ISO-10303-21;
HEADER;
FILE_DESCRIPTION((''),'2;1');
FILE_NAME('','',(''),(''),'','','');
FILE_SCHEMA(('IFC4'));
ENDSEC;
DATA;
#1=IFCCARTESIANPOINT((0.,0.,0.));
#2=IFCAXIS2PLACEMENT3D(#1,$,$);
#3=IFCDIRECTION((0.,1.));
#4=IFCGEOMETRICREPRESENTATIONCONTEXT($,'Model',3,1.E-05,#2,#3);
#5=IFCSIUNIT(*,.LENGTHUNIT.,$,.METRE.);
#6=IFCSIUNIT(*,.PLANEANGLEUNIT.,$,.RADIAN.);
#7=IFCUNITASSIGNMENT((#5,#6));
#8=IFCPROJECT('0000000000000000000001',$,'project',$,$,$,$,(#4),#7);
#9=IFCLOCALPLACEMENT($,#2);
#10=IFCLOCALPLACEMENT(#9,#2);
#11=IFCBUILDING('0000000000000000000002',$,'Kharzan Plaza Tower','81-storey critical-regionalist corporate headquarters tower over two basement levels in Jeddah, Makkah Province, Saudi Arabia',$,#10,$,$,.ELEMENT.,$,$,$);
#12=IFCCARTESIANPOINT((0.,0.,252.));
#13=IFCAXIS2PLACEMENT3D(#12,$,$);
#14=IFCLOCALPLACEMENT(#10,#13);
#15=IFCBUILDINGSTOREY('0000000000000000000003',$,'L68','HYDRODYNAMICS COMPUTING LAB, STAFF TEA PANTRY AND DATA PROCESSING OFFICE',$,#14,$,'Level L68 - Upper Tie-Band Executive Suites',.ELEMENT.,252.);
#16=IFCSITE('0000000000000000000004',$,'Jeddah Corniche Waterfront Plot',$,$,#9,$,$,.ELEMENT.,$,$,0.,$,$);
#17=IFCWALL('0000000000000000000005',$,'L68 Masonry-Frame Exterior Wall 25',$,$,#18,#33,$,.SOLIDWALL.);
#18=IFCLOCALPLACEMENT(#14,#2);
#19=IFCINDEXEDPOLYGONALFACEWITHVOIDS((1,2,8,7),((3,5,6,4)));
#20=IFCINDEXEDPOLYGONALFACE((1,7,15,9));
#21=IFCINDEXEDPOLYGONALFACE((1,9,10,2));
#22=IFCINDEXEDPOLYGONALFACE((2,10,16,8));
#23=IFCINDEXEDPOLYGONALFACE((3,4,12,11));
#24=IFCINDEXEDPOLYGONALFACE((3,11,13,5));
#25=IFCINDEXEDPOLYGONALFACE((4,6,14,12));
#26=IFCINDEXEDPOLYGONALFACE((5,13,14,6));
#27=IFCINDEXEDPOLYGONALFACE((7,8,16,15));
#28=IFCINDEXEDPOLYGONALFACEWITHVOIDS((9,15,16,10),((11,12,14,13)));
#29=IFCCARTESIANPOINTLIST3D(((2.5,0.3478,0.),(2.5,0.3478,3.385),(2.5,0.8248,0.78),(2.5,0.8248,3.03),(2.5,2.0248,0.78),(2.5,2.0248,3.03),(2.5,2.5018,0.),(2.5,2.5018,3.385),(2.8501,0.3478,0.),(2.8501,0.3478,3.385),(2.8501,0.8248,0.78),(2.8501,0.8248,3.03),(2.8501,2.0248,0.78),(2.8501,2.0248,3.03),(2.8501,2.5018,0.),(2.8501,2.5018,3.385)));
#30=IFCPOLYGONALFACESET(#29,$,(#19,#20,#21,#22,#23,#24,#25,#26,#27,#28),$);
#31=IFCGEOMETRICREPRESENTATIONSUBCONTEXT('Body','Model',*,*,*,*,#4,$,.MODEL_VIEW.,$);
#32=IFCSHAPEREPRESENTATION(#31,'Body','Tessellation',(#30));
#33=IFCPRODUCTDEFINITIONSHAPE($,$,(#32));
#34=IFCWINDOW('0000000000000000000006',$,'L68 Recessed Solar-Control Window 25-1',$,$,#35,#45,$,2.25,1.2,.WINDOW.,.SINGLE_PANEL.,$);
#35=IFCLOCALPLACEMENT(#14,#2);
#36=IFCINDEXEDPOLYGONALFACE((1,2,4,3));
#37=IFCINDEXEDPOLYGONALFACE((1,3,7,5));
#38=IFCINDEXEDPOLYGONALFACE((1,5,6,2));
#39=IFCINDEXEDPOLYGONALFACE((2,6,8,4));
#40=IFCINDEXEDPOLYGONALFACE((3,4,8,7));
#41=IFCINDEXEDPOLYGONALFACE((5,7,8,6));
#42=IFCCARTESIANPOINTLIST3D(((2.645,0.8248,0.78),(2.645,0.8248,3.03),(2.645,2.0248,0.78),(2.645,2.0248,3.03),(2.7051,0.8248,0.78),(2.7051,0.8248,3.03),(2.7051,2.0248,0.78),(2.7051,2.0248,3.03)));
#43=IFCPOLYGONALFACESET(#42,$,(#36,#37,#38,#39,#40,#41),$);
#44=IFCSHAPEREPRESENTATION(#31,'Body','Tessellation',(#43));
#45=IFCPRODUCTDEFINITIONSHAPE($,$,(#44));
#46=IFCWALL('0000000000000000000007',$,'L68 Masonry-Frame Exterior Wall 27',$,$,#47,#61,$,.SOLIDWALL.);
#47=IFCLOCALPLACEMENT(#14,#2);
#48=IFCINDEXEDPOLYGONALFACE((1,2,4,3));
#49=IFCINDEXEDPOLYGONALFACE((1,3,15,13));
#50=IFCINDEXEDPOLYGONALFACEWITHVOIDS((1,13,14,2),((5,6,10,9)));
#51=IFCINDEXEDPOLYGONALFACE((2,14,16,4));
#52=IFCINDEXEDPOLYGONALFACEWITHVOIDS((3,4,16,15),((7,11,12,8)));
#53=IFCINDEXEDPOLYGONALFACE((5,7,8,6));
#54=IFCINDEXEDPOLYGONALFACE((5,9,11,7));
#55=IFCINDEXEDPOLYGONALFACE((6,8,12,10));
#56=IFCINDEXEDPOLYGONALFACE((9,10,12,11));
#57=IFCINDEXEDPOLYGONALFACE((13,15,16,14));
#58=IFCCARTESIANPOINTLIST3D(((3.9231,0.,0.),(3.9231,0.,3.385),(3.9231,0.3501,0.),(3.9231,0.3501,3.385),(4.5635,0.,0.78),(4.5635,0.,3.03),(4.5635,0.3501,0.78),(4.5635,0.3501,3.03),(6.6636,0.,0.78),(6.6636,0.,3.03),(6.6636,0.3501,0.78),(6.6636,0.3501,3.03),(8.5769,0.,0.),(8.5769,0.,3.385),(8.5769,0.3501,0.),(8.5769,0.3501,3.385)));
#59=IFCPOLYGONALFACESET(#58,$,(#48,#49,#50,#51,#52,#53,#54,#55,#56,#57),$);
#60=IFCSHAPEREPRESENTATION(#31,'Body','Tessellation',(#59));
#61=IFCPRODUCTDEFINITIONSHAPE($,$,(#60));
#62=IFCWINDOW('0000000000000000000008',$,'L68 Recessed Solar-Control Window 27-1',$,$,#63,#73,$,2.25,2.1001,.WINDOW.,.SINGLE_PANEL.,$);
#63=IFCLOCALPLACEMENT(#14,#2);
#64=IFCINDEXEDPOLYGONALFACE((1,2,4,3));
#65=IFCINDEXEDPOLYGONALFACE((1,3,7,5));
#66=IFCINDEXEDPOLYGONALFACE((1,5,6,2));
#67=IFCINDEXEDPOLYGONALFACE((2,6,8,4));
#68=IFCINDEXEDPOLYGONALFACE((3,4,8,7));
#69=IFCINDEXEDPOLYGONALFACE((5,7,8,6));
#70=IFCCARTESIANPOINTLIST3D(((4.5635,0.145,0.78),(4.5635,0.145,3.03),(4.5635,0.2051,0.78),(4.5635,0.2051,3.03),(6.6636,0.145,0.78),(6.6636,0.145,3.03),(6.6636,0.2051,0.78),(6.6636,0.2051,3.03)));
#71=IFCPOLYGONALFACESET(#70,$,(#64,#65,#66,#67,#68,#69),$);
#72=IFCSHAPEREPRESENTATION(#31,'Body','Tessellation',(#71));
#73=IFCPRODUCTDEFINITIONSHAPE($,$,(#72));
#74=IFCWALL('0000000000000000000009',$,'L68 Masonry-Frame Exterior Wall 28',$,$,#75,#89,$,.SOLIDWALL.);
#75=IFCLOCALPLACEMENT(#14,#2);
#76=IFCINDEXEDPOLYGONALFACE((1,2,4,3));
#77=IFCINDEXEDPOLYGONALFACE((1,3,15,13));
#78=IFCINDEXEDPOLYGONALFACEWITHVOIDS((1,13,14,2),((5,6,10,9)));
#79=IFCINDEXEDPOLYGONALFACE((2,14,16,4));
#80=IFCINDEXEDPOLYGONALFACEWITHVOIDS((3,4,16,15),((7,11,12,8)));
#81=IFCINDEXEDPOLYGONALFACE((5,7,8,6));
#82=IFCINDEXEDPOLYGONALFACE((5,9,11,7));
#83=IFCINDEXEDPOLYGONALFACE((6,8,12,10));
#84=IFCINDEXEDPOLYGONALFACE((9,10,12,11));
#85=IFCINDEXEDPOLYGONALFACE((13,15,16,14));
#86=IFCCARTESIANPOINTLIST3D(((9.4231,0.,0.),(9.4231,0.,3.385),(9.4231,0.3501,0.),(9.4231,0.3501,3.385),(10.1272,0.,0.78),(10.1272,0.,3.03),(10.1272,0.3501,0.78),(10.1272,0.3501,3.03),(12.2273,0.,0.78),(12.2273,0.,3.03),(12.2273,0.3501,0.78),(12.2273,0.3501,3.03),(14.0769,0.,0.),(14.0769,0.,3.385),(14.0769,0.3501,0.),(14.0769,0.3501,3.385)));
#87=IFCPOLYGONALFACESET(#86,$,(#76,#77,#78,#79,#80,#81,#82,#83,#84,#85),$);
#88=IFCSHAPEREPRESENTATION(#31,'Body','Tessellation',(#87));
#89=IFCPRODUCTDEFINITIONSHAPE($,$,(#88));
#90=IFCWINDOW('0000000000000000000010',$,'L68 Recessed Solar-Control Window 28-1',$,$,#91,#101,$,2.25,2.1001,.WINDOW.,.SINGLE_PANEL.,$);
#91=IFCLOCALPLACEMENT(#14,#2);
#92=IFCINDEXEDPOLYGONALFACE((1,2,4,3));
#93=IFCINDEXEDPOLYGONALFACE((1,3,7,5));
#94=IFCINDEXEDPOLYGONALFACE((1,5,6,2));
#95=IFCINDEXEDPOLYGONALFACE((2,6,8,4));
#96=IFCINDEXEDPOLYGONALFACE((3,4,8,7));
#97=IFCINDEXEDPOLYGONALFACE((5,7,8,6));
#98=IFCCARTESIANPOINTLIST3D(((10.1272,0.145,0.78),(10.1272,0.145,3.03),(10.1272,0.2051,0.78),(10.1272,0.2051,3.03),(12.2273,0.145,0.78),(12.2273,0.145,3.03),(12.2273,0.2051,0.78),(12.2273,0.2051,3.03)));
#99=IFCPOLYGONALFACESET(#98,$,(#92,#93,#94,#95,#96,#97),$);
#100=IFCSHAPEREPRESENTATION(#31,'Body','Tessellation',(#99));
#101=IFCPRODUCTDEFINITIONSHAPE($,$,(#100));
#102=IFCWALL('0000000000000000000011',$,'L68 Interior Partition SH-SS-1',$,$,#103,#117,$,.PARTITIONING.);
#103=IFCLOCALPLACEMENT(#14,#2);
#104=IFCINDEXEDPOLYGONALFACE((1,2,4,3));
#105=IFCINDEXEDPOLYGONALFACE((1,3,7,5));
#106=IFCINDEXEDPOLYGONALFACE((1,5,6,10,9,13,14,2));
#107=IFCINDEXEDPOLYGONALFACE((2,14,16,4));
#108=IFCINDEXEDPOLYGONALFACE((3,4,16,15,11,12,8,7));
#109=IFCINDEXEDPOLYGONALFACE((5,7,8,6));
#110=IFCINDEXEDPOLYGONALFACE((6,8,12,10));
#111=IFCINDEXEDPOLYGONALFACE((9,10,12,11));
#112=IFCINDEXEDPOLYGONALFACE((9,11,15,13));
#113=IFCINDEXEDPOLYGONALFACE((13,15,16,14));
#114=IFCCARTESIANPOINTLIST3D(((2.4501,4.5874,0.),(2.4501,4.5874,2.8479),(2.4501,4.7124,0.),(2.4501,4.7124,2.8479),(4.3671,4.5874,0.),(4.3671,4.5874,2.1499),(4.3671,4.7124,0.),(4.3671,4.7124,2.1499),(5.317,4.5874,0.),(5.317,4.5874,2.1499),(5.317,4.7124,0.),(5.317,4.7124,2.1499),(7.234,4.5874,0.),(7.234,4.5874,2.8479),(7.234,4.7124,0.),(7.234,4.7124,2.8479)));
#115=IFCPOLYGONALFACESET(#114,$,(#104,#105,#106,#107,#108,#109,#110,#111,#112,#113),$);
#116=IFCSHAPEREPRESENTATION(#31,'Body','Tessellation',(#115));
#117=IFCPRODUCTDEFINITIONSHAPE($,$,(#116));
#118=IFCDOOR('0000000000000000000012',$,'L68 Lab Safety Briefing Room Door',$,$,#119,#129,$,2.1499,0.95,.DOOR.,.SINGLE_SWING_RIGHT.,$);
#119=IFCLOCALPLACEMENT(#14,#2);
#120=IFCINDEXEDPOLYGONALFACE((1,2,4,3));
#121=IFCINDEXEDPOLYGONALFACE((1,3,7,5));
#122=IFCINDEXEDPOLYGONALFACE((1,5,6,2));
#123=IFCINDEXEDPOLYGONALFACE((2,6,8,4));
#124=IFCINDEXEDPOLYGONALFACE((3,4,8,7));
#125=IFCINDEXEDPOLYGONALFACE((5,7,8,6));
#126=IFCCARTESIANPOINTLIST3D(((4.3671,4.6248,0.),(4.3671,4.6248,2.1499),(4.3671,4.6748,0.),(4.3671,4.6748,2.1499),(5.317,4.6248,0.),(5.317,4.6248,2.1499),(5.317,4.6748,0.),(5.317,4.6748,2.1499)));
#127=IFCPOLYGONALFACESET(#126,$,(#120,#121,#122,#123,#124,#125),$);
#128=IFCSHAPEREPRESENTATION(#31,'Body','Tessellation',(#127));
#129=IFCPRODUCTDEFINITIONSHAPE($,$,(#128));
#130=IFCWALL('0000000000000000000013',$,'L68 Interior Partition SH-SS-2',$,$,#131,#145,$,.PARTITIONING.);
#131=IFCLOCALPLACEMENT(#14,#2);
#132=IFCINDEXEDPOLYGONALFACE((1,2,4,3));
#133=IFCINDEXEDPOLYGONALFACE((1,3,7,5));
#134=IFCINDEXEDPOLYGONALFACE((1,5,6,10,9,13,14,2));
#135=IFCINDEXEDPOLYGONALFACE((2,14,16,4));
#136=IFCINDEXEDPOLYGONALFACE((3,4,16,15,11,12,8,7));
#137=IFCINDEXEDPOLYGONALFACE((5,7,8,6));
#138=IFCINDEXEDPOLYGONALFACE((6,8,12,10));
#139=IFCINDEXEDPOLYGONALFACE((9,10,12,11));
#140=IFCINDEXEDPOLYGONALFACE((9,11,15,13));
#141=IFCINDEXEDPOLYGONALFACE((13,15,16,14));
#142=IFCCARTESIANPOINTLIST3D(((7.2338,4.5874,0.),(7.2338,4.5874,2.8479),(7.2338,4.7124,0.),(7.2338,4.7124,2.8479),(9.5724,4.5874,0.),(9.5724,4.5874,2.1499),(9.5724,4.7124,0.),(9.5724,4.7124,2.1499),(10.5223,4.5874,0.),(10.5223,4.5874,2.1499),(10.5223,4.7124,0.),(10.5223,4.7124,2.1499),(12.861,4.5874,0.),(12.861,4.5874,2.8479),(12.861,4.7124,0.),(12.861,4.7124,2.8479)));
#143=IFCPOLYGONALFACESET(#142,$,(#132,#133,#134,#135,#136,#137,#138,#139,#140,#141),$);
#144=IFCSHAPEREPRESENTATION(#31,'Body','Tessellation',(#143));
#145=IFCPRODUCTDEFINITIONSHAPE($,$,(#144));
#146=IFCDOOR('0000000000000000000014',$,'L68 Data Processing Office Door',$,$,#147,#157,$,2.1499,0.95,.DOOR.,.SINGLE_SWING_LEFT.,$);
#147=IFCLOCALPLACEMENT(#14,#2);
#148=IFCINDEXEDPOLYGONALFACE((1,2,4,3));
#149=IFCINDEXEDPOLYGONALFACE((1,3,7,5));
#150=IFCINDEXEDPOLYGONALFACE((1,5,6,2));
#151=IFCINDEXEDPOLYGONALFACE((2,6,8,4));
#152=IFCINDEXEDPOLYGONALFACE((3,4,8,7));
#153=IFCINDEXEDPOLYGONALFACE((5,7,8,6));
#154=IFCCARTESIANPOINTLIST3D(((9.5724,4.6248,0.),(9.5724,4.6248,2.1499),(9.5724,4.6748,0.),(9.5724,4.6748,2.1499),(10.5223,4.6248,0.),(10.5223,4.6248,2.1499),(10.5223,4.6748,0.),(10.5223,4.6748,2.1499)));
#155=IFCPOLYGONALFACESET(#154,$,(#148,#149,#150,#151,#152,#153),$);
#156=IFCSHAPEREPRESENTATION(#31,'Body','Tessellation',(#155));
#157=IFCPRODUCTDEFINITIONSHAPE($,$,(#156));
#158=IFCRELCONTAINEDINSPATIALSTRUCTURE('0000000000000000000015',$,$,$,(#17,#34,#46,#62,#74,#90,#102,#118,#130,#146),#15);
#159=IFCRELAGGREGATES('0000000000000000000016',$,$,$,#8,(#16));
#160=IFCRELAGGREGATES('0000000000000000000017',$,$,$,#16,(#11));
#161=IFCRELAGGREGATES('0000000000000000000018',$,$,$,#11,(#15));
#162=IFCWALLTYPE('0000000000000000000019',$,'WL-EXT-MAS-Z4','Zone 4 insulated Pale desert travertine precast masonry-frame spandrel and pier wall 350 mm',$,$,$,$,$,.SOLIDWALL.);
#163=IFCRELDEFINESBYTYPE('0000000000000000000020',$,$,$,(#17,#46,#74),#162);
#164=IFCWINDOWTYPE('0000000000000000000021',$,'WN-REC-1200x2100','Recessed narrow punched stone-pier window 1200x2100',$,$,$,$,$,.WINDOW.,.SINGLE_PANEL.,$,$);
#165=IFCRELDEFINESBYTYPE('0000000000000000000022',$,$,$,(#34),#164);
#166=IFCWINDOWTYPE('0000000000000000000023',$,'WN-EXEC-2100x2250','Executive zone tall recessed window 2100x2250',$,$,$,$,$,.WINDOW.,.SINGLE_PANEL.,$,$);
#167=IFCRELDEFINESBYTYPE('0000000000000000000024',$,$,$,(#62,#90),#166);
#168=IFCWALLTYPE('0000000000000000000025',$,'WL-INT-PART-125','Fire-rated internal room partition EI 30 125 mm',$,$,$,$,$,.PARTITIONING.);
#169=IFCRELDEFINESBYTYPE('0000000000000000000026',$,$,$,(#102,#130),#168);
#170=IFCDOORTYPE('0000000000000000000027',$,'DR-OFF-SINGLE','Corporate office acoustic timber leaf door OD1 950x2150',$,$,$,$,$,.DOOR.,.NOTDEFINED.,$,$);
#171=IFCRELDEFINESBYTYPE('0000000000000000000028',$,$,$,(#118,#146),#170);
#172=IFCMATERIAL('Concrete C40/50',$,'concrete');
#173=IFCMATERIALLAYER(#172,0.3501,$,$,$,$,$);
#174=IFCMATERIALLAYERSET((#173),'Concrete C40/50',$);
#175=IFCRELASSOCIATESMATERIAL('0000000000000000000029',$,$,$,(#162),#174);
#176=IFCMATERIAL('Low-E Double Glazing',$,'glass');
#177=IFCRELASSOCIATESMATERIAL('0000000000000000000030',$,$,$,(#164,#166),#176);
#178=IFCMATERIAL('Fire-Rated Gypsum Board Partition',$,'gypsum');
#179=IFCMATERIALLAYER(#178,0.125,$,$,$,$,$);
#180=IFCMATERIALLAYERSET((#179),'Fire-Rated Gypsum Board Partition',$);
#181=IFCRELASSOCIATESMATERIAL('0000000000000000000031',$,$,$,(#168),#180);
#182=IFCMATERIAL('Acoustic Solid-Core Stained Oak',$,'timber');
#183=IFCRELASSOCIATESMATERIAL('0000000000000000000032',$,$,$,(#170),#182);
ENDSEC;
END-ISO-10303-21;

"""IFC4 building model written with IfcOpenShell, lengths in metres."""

from ifc_helpers import new_model, si_unit, direction, frame, frame_2d, origin, place, context, subcontext, project, spatial, rectangle, extrude, source, transform, mapped, material, layer, layer_set, type_object, element, fill, save


model = new_model("IFC4")

# Units and contexts
model_context = context("Model", 3, precision=1e-05, world=origin(), true_north=direction((0.0, 1.0)))
body_context = subcontext(model_context, "Body", "Model", "MODEL_VIEW")
ifc_project = project(units=[si_unit("LENGTHUNIT", "METRE"), si_unit("PLANEANGLEUNIT", "RADIAN")], contexts=[model_context])

# Site, building, storey
site_placement = place(None, origin())
site = spatial("IfcSite", under=ifc_project, at=site_placement, Name="Jeddah Corniche Waterfront Plot", CompositionType="ELEMENT", RefElevation=0.0)
building_placement = place(site_placement, origin())
building = spatial("IfcBuilding", under=site, at=building_placement, Name="Kharzan Plaza Tower", Description="81-storey critical-regionalist corporate headquarters tower over two basement levels in Jeddah, Makkah Province, Saudi Arabia", CompositionType="ELEMENT")
storey_placement = place(building_placement, frame((0.0, 0.0, 252.0)))
storey = spatial("IfcBuildingStorey", under=building, at=storey_placement, Name="L68", Description="HYDRODYNAMICS COMPUTING LAB, STAFF TEA PANTRY AND DATA PROCESSING OFFICE", LongName="Level L68 - Upper Tie-Band Executive Suites", CompositionType="ELEMENT", Elevation=252.0)

# Walls, openings, windows
ifc_material_1 = material(Name="Concrete C40/50", Category="concrete")
ifc_layer_1 = layer(ifc_material_1, 0.3501)
ifc_layer_set_1 = layer_set([ifc_layer_1], Name="Concrete C40/50")
wall_type_1 = type_object("IfcWallType", Name="WL-EXT-MAS-Z4", Description="Zone 4 insulated Pale desert travertine precast masonry-frame spandrel and pier wall 350 mm", PredefinedType="SOLIDWALL", material=ifc_layer_set_1)
wall_1_placement = place(storey_placement, frame((2.675, 2.502, 0.0), z_axis=(0.0, 0.0, 1.0), x_axis=(0.0, -1.0, 0.0)))
wall_1 = element("IfcWall", 1, at=wall_1_placement, inside=storey, type_object=wall_type_1, Name="L68 Masonry-Frame Exterior Wall 25", PredefinedType="SOLIDWALL", context=body_context, shape_type="SweptSolid", body=[
    extrude(rectangle(XDim=2.1541, YDim=0.3501, at=frame_2d((1.0771, 0.0))), origin(), (0.0, 0.0, 1.0), 3.385),
])
opening_1_placement = place(wall_1_placement, frame((0.4771, 0.0, 0.78)))
opening_1 = element("IfcOpeningElement", 2, at=opening_1_placement, cuts=wall_1, PredefinedType="OPENING", context=body_context, shape_type="SweptSolid", body=[
    extrude(rectangle(XDim=1.2, YDim=2.25, at=frame_2d((0.6001, 1.125))), frame((0.0, 0.1851, 0.0), z_axis=(0.0, -1.0, 0.0), x_axis=(1.0, 0.0, 0.0)), (0.0, 0.0, 1.0), 0.3701),
])
ifc_material_2 = material(Name="Low-E Double Glazing", Category="glass")
window_type_1 = type_object("IfcWindowType", Name="WN-REC-1200x2100", Description="Recessed narrow punched stone-pier window 1200x2100", PartitioningType="SINGLE_PANEL", PredefinedType="WINDOW", material=ifc_material_2)
shared_shape_1 = source(origin(), body_context, "Body", "SweptSolid", [
    extrude(rectangle(XDim=1.2, YDim=2.25, at=frame_2d((0.6001, 1.125))), frame((0.0, 0.03, 0.0), z_axis=(0.0, -1.0, 0.0), x_axis=(1.0, 0.0, 0.0)), (0.0, 0.0, 1.0), 0.0601),
])
window_1_placement = place(opening_1_placement, origin())
window_1 = element("IfcWindow", 3, at=window_1_placement, inside=storey, type_object=window_type_1, Name="L68 Recessed Solar-Control Window 25-1", OverallHeight=2.25, OverallWidth=1.2, PartitioningType="SINGLE_PANEL", PredefinedType="WINDOW", context=body_context, shape_type="MappedRepresentation", body=[
    mapped(shared_shape_1, transform((0.0, 0.0, 0.0), x_axis=(1.0, 0.0, 0.0), y_axis=(0.0, 1.0, 0.0), z_axis=(0.0, 0.0, 1.0))),
])
fill(opening_1, window_1)
wall_2_placement = place(storey_placement, frame((3.9231, 0.175, 0.0), z_axis=(0.0, 0.0, 1.0), x_axis=(1.0, 0.0, 0.0)))
wall_2 = element("IfcWall", 4, at=wall_2_placement, inside=storey, type_object=wall_type_1, Name="L68 Masonry-Frame Exterior Wall 27", PredefinedType="SOLIDWALL", context=body_context, shape_type="SweptSolid", body=[
    extrude(rectangle(XDim=4.6538, YDim=0.3501, at=frame_2d((2.3269, 0.0))), origin(), (0.0, 0.0, 1.0), 3.385),
])
opening_2_placement = place(wall_2_placement, frame((0.6404, 0.0, 0.78)))
opening_2 = element("IfcOpeningElement", 5, at=opening_2_placement, cuts=wall_2, PredefinedType="OPENING", context=body_context, shape_type="SweptSolid", body=[
    extrude(rectangle(XDim=2.1001, YDim=2.25, at=frame_2d((1.05, 1.125))), frame((0.0, 0.1851, 0.0), z_axis=(0.0, -1.0, 0.0), x_axis=(1.0, 0.0, 0.0)), (0.0, 0.0, 1.0), 0.3701),
])
window_type_2 = type_object("IfcWindowType", Name="WN-EXEC-2100x2250", Description="Executive zone tall recessed window 2100x2250", PartitioningType="SINGLE_PANEL", PredefinedType="WINDOW", material=ifc_material_2)
shared_shape_2 = source(origin(), body_context, "Body", "SweptSolid", [
    extrude(rectangle(XDim=2.1001, YDim=2.25, at=frame_2d((1.05, 1.125))), frame((0.0, 0.03, 0.0), z_axis=(0.0, -1.0, 0.0), x_axis=(1.0, 0.0, 0.0)), (0.0, 0.0, 1.0), 0.0601),
])
window_2_placement = place(opening_2_placement, origin())
window_2 = element("IfcWindow", 6, at=window_2_placement, inside=storey, type_object=window_type_2, Name="L68 Recessed Solar-Control Window 27-1", OverallHeight=2.25, OverallWidth=2.1001, PartitioningType="SINGLE_PANEL", PredefinedType="WINDOW", context=body_context, shape_type="MappedRepresentation", body=[
    mapped(shared_shape_2, transform((0.0, 0.0, 0.0), x_axis=(1.0, 0.0, 0.0), y_axis=(0.0, 1.0, 0.0), z_axis=(0.0, 0.0, 1.0))),
])
fill(opening_2, window_2)
wall_3_placement = place(storey_placement, frame((9.4231, 0.175, 0.0), z_axis=(0.0, 0.0, 1.0), x_axis=(1.0, 0.0, 0.0)))
wall_3 = element("IfcWall", 7, at=wall_3_placement, inside=storey, type_object=wall_type_1, Name="L68 Masonry-Frame Exterior Wall 28", PredefinedType="SOLIDWALL", context=body_context, shape_type="SweptSolid", body=[
    extrude(rectangle(XDim=4.6538, YDim=0.3501, at=frame_2d((2.3269, 0.0))), origin(), (0.0, 0.0, 1.0), 3.385),
])
opening_3_placement = place(wall_3_placement, frame((0.7041, 0.0, 0.78)))
opening_3 = element("IfcOpeningElement", 8, at=opening_3_placement, cuts=wall_3, PredefinedType="OPENING", context=body_context, shape_type="SweptSolid", body=[
    extrude(rectangle(XDim=2.1001, YDim=2.25, at=frame_2d((1.05, 1.125))), frame((0.0, 0.1851, 0.0), z_axis=(0.0, -1.0, 0.0), x_axis=(1.0, 0.0, 0.0)), (0.0, 0.0, 1.0), 0.3701),
])
window_3_placement = place(opening_3_placement, origin())
window_3 = element("IfcWindow", 9, at=window_3_placement, inside=storey, type_object=window_type_2, Name="L68 Recessed Solar-Control Window 28-1", OverallHeight=2.25, OverallWidth=2.1001, PartitioningType="SINGLE_PANEL", PredefinedType="WINDOW", context=body_context, shape_type="MappedRepresentation", body=[
    mapped(shared_shape_2, transform((0.0, 0.0, 0.0), x_axis=(1.0, 0.0, 0.0), y_axis=(0.0, 1.0, 0.0), z_axis=(0.0, 0.0, 1.0))),
])
fill(opening_3, window_3)

# Walls, openings, doors
ifc_material_3 = material(Name="Fire-Rated Gypsum Board Partition", Category="gypsum")
ifc_layer_2 = layer(ifc_material_3, 0.125)
ifc_layer_set_2 = layer_set([ifc_layer_2], Name="Fire-Rated Gypsum Board Partition")
wall_type_2 = type_object("IfcWallType", Name="WL-INT-PART-125", Description="Fire-rated internal room partition EI 30 125 mm", PredefinedType="PARTITIONING", material=ifc_layer_set_2)
wall_4_placement = place(storey_placement, frame((2.45, 4.6499, 0.0), z_axis=(0.0, 0.0, 1.0), x_axis=(1.0, 0.0, 0.0)))
wall_4 = element("IfcWall", 10, at=wall_4_placement, inside=storey, type_object=wall_type_2, Name="L68 Interior Partition SH-SS-1", PredefinedType="PARTITIONING", context=body_context, shape_type="SweptSolid", body=[
    extrude(rectangle(XDim=4.7839, YDim=0.125, at=frame_2d((2.3921, 0.0))), origin(), (0.0, 0.0, 1.0), 2.8479),
])
opening_4_placement = place(wall_4_placement, frame((1.917, 0.0, 0.0)))
opening_4 = element("IfcOpeningElement", 11, at=opening_4_placement, cuts=wall_4, PredefinedType="OPENING", context=body_context, shape_type="SweptSolid", body=[
    extrude(rectangle(XDim=0.95, YDim=2.1499, at=frame_2d((0.4751, 1.075))), frame((0.0, 0.0725, 0.0), z_axis=(0.0, -1.0, 0.0), x_axis=(1.0, 0.0, 0.0)), (0.0, 0.0, 1.0), 0.145),
])
ifc_material_4 = material(Name="Acoustic Solid-Core Stained Oak", Category="timber")
door_type = type_object("IfcDoorType", Name="DR-OFF-SINGLE", Description="Corporate office acoustic timber leaf door OD1 950x2150", OperationType="NOTDEFINED", PredefinedType="DOOR", material=ifc_material_4)
shared_shape_3 = source(origin(), body_context, "Body", "SweptSolid", [
    extrude(rectangle(XDim=0.95, YDim=2.1499, at=frame_2d((0.4751, 1.075))), frame((0.0, 0.0249, 0.0), z_axis=(0.0, -1.0, 0.0), x_axis=(1.0, 0.0, 0.0)), (0.0, 0.0, 1.0), 0.05),
])
door_1_placement = place(opening_4_placement, origin())
door_1 = element("IfcDoor", 12, at=door_1_placement, inside=storey, type_object=door_type, Name="L68 Lab Safety Briefing Room Door", OperationType="SINGLE_SWING_RIGHT", OverallHeight=2.1499, OverallWidth=0.95, PredefinedType="DOOR", context=body_context, shape_type="MappedRepresentation", body=[
    mapped(shared_shape_3, transform((0.0, 0.0, 0.0), x_axis=(1.0, 0.0, 0.0), y_axis=(0.0, 1.0, 0.0), z_axis=(0.0, 0.0, 1.0))),
])
fill(opening_4, door_1)
wall_5_placement = place(storey_placement, frame((7.2339, 4.6499, 0.0), z_axis=(0.0, 0.0, 1.0), x_axis=(1.0, 0.0, 0.0)))
wall_5 = element("IfcWall", 13, at=wall_5_placement, inside=storey, type_object=wall_type_2, Name="L68 Interior Partition SH-SS-2", PredefinedType="PARTITIONING", context=body_context, shape_type="SweptSolid", body=[
    extrude(rectangle(XDim=5.6272, YDim=0.125, at=frame_2d((2.8135, 0.0))), origin(), (0.0, 0.0, 1.0), 2.8479),
])
opening_5_placement = place(wall_5_placement, frame((2.3384, 0.0, 0.0)))
opening_5 = element("IfcOpeningElement", 14, at=opening_5_placement, cuts=wall_5, PredefinedType="OPENING", context=body_context, shape_type="SweptSolid", body=[
    extrude(rectangle(XDim=0.95, YDim=2.1499, at=frame_2d((0.4751, 1.075))), frame((0.0, 0.0725, 0.0), z_axis=(0.0, -1.0, 0.0), x_axis=(1.0, 0.0, 0.0)), (0.0, 0.0, 1.0), 0.145),
])
door_2_placement = place(opening_5_placement, origin())
door_2 = element("IfcDoor", 15, at=door_2_placement, inside=storey, type_object=door_type, Name="L68 Data Processing Office Door", OperationType="SINGLE_SWING_LEFT", OverallHeight=2.1499, OverallWidth=0.95, PredefinedType="DOOR", context=body_context, shape_type="MappedRepresentation", body=[
    mapped(shared_shape_3, transform((0.0, 0.0, 0.0), x_axis=(1.0, 0.0, 0.0), y_axis=(0.0, 1.0, 0.0), z_axis=(0.0, 0.0, 1.0))),
])
fill(opening_5, door_2)

save(model, "model.ifc")
